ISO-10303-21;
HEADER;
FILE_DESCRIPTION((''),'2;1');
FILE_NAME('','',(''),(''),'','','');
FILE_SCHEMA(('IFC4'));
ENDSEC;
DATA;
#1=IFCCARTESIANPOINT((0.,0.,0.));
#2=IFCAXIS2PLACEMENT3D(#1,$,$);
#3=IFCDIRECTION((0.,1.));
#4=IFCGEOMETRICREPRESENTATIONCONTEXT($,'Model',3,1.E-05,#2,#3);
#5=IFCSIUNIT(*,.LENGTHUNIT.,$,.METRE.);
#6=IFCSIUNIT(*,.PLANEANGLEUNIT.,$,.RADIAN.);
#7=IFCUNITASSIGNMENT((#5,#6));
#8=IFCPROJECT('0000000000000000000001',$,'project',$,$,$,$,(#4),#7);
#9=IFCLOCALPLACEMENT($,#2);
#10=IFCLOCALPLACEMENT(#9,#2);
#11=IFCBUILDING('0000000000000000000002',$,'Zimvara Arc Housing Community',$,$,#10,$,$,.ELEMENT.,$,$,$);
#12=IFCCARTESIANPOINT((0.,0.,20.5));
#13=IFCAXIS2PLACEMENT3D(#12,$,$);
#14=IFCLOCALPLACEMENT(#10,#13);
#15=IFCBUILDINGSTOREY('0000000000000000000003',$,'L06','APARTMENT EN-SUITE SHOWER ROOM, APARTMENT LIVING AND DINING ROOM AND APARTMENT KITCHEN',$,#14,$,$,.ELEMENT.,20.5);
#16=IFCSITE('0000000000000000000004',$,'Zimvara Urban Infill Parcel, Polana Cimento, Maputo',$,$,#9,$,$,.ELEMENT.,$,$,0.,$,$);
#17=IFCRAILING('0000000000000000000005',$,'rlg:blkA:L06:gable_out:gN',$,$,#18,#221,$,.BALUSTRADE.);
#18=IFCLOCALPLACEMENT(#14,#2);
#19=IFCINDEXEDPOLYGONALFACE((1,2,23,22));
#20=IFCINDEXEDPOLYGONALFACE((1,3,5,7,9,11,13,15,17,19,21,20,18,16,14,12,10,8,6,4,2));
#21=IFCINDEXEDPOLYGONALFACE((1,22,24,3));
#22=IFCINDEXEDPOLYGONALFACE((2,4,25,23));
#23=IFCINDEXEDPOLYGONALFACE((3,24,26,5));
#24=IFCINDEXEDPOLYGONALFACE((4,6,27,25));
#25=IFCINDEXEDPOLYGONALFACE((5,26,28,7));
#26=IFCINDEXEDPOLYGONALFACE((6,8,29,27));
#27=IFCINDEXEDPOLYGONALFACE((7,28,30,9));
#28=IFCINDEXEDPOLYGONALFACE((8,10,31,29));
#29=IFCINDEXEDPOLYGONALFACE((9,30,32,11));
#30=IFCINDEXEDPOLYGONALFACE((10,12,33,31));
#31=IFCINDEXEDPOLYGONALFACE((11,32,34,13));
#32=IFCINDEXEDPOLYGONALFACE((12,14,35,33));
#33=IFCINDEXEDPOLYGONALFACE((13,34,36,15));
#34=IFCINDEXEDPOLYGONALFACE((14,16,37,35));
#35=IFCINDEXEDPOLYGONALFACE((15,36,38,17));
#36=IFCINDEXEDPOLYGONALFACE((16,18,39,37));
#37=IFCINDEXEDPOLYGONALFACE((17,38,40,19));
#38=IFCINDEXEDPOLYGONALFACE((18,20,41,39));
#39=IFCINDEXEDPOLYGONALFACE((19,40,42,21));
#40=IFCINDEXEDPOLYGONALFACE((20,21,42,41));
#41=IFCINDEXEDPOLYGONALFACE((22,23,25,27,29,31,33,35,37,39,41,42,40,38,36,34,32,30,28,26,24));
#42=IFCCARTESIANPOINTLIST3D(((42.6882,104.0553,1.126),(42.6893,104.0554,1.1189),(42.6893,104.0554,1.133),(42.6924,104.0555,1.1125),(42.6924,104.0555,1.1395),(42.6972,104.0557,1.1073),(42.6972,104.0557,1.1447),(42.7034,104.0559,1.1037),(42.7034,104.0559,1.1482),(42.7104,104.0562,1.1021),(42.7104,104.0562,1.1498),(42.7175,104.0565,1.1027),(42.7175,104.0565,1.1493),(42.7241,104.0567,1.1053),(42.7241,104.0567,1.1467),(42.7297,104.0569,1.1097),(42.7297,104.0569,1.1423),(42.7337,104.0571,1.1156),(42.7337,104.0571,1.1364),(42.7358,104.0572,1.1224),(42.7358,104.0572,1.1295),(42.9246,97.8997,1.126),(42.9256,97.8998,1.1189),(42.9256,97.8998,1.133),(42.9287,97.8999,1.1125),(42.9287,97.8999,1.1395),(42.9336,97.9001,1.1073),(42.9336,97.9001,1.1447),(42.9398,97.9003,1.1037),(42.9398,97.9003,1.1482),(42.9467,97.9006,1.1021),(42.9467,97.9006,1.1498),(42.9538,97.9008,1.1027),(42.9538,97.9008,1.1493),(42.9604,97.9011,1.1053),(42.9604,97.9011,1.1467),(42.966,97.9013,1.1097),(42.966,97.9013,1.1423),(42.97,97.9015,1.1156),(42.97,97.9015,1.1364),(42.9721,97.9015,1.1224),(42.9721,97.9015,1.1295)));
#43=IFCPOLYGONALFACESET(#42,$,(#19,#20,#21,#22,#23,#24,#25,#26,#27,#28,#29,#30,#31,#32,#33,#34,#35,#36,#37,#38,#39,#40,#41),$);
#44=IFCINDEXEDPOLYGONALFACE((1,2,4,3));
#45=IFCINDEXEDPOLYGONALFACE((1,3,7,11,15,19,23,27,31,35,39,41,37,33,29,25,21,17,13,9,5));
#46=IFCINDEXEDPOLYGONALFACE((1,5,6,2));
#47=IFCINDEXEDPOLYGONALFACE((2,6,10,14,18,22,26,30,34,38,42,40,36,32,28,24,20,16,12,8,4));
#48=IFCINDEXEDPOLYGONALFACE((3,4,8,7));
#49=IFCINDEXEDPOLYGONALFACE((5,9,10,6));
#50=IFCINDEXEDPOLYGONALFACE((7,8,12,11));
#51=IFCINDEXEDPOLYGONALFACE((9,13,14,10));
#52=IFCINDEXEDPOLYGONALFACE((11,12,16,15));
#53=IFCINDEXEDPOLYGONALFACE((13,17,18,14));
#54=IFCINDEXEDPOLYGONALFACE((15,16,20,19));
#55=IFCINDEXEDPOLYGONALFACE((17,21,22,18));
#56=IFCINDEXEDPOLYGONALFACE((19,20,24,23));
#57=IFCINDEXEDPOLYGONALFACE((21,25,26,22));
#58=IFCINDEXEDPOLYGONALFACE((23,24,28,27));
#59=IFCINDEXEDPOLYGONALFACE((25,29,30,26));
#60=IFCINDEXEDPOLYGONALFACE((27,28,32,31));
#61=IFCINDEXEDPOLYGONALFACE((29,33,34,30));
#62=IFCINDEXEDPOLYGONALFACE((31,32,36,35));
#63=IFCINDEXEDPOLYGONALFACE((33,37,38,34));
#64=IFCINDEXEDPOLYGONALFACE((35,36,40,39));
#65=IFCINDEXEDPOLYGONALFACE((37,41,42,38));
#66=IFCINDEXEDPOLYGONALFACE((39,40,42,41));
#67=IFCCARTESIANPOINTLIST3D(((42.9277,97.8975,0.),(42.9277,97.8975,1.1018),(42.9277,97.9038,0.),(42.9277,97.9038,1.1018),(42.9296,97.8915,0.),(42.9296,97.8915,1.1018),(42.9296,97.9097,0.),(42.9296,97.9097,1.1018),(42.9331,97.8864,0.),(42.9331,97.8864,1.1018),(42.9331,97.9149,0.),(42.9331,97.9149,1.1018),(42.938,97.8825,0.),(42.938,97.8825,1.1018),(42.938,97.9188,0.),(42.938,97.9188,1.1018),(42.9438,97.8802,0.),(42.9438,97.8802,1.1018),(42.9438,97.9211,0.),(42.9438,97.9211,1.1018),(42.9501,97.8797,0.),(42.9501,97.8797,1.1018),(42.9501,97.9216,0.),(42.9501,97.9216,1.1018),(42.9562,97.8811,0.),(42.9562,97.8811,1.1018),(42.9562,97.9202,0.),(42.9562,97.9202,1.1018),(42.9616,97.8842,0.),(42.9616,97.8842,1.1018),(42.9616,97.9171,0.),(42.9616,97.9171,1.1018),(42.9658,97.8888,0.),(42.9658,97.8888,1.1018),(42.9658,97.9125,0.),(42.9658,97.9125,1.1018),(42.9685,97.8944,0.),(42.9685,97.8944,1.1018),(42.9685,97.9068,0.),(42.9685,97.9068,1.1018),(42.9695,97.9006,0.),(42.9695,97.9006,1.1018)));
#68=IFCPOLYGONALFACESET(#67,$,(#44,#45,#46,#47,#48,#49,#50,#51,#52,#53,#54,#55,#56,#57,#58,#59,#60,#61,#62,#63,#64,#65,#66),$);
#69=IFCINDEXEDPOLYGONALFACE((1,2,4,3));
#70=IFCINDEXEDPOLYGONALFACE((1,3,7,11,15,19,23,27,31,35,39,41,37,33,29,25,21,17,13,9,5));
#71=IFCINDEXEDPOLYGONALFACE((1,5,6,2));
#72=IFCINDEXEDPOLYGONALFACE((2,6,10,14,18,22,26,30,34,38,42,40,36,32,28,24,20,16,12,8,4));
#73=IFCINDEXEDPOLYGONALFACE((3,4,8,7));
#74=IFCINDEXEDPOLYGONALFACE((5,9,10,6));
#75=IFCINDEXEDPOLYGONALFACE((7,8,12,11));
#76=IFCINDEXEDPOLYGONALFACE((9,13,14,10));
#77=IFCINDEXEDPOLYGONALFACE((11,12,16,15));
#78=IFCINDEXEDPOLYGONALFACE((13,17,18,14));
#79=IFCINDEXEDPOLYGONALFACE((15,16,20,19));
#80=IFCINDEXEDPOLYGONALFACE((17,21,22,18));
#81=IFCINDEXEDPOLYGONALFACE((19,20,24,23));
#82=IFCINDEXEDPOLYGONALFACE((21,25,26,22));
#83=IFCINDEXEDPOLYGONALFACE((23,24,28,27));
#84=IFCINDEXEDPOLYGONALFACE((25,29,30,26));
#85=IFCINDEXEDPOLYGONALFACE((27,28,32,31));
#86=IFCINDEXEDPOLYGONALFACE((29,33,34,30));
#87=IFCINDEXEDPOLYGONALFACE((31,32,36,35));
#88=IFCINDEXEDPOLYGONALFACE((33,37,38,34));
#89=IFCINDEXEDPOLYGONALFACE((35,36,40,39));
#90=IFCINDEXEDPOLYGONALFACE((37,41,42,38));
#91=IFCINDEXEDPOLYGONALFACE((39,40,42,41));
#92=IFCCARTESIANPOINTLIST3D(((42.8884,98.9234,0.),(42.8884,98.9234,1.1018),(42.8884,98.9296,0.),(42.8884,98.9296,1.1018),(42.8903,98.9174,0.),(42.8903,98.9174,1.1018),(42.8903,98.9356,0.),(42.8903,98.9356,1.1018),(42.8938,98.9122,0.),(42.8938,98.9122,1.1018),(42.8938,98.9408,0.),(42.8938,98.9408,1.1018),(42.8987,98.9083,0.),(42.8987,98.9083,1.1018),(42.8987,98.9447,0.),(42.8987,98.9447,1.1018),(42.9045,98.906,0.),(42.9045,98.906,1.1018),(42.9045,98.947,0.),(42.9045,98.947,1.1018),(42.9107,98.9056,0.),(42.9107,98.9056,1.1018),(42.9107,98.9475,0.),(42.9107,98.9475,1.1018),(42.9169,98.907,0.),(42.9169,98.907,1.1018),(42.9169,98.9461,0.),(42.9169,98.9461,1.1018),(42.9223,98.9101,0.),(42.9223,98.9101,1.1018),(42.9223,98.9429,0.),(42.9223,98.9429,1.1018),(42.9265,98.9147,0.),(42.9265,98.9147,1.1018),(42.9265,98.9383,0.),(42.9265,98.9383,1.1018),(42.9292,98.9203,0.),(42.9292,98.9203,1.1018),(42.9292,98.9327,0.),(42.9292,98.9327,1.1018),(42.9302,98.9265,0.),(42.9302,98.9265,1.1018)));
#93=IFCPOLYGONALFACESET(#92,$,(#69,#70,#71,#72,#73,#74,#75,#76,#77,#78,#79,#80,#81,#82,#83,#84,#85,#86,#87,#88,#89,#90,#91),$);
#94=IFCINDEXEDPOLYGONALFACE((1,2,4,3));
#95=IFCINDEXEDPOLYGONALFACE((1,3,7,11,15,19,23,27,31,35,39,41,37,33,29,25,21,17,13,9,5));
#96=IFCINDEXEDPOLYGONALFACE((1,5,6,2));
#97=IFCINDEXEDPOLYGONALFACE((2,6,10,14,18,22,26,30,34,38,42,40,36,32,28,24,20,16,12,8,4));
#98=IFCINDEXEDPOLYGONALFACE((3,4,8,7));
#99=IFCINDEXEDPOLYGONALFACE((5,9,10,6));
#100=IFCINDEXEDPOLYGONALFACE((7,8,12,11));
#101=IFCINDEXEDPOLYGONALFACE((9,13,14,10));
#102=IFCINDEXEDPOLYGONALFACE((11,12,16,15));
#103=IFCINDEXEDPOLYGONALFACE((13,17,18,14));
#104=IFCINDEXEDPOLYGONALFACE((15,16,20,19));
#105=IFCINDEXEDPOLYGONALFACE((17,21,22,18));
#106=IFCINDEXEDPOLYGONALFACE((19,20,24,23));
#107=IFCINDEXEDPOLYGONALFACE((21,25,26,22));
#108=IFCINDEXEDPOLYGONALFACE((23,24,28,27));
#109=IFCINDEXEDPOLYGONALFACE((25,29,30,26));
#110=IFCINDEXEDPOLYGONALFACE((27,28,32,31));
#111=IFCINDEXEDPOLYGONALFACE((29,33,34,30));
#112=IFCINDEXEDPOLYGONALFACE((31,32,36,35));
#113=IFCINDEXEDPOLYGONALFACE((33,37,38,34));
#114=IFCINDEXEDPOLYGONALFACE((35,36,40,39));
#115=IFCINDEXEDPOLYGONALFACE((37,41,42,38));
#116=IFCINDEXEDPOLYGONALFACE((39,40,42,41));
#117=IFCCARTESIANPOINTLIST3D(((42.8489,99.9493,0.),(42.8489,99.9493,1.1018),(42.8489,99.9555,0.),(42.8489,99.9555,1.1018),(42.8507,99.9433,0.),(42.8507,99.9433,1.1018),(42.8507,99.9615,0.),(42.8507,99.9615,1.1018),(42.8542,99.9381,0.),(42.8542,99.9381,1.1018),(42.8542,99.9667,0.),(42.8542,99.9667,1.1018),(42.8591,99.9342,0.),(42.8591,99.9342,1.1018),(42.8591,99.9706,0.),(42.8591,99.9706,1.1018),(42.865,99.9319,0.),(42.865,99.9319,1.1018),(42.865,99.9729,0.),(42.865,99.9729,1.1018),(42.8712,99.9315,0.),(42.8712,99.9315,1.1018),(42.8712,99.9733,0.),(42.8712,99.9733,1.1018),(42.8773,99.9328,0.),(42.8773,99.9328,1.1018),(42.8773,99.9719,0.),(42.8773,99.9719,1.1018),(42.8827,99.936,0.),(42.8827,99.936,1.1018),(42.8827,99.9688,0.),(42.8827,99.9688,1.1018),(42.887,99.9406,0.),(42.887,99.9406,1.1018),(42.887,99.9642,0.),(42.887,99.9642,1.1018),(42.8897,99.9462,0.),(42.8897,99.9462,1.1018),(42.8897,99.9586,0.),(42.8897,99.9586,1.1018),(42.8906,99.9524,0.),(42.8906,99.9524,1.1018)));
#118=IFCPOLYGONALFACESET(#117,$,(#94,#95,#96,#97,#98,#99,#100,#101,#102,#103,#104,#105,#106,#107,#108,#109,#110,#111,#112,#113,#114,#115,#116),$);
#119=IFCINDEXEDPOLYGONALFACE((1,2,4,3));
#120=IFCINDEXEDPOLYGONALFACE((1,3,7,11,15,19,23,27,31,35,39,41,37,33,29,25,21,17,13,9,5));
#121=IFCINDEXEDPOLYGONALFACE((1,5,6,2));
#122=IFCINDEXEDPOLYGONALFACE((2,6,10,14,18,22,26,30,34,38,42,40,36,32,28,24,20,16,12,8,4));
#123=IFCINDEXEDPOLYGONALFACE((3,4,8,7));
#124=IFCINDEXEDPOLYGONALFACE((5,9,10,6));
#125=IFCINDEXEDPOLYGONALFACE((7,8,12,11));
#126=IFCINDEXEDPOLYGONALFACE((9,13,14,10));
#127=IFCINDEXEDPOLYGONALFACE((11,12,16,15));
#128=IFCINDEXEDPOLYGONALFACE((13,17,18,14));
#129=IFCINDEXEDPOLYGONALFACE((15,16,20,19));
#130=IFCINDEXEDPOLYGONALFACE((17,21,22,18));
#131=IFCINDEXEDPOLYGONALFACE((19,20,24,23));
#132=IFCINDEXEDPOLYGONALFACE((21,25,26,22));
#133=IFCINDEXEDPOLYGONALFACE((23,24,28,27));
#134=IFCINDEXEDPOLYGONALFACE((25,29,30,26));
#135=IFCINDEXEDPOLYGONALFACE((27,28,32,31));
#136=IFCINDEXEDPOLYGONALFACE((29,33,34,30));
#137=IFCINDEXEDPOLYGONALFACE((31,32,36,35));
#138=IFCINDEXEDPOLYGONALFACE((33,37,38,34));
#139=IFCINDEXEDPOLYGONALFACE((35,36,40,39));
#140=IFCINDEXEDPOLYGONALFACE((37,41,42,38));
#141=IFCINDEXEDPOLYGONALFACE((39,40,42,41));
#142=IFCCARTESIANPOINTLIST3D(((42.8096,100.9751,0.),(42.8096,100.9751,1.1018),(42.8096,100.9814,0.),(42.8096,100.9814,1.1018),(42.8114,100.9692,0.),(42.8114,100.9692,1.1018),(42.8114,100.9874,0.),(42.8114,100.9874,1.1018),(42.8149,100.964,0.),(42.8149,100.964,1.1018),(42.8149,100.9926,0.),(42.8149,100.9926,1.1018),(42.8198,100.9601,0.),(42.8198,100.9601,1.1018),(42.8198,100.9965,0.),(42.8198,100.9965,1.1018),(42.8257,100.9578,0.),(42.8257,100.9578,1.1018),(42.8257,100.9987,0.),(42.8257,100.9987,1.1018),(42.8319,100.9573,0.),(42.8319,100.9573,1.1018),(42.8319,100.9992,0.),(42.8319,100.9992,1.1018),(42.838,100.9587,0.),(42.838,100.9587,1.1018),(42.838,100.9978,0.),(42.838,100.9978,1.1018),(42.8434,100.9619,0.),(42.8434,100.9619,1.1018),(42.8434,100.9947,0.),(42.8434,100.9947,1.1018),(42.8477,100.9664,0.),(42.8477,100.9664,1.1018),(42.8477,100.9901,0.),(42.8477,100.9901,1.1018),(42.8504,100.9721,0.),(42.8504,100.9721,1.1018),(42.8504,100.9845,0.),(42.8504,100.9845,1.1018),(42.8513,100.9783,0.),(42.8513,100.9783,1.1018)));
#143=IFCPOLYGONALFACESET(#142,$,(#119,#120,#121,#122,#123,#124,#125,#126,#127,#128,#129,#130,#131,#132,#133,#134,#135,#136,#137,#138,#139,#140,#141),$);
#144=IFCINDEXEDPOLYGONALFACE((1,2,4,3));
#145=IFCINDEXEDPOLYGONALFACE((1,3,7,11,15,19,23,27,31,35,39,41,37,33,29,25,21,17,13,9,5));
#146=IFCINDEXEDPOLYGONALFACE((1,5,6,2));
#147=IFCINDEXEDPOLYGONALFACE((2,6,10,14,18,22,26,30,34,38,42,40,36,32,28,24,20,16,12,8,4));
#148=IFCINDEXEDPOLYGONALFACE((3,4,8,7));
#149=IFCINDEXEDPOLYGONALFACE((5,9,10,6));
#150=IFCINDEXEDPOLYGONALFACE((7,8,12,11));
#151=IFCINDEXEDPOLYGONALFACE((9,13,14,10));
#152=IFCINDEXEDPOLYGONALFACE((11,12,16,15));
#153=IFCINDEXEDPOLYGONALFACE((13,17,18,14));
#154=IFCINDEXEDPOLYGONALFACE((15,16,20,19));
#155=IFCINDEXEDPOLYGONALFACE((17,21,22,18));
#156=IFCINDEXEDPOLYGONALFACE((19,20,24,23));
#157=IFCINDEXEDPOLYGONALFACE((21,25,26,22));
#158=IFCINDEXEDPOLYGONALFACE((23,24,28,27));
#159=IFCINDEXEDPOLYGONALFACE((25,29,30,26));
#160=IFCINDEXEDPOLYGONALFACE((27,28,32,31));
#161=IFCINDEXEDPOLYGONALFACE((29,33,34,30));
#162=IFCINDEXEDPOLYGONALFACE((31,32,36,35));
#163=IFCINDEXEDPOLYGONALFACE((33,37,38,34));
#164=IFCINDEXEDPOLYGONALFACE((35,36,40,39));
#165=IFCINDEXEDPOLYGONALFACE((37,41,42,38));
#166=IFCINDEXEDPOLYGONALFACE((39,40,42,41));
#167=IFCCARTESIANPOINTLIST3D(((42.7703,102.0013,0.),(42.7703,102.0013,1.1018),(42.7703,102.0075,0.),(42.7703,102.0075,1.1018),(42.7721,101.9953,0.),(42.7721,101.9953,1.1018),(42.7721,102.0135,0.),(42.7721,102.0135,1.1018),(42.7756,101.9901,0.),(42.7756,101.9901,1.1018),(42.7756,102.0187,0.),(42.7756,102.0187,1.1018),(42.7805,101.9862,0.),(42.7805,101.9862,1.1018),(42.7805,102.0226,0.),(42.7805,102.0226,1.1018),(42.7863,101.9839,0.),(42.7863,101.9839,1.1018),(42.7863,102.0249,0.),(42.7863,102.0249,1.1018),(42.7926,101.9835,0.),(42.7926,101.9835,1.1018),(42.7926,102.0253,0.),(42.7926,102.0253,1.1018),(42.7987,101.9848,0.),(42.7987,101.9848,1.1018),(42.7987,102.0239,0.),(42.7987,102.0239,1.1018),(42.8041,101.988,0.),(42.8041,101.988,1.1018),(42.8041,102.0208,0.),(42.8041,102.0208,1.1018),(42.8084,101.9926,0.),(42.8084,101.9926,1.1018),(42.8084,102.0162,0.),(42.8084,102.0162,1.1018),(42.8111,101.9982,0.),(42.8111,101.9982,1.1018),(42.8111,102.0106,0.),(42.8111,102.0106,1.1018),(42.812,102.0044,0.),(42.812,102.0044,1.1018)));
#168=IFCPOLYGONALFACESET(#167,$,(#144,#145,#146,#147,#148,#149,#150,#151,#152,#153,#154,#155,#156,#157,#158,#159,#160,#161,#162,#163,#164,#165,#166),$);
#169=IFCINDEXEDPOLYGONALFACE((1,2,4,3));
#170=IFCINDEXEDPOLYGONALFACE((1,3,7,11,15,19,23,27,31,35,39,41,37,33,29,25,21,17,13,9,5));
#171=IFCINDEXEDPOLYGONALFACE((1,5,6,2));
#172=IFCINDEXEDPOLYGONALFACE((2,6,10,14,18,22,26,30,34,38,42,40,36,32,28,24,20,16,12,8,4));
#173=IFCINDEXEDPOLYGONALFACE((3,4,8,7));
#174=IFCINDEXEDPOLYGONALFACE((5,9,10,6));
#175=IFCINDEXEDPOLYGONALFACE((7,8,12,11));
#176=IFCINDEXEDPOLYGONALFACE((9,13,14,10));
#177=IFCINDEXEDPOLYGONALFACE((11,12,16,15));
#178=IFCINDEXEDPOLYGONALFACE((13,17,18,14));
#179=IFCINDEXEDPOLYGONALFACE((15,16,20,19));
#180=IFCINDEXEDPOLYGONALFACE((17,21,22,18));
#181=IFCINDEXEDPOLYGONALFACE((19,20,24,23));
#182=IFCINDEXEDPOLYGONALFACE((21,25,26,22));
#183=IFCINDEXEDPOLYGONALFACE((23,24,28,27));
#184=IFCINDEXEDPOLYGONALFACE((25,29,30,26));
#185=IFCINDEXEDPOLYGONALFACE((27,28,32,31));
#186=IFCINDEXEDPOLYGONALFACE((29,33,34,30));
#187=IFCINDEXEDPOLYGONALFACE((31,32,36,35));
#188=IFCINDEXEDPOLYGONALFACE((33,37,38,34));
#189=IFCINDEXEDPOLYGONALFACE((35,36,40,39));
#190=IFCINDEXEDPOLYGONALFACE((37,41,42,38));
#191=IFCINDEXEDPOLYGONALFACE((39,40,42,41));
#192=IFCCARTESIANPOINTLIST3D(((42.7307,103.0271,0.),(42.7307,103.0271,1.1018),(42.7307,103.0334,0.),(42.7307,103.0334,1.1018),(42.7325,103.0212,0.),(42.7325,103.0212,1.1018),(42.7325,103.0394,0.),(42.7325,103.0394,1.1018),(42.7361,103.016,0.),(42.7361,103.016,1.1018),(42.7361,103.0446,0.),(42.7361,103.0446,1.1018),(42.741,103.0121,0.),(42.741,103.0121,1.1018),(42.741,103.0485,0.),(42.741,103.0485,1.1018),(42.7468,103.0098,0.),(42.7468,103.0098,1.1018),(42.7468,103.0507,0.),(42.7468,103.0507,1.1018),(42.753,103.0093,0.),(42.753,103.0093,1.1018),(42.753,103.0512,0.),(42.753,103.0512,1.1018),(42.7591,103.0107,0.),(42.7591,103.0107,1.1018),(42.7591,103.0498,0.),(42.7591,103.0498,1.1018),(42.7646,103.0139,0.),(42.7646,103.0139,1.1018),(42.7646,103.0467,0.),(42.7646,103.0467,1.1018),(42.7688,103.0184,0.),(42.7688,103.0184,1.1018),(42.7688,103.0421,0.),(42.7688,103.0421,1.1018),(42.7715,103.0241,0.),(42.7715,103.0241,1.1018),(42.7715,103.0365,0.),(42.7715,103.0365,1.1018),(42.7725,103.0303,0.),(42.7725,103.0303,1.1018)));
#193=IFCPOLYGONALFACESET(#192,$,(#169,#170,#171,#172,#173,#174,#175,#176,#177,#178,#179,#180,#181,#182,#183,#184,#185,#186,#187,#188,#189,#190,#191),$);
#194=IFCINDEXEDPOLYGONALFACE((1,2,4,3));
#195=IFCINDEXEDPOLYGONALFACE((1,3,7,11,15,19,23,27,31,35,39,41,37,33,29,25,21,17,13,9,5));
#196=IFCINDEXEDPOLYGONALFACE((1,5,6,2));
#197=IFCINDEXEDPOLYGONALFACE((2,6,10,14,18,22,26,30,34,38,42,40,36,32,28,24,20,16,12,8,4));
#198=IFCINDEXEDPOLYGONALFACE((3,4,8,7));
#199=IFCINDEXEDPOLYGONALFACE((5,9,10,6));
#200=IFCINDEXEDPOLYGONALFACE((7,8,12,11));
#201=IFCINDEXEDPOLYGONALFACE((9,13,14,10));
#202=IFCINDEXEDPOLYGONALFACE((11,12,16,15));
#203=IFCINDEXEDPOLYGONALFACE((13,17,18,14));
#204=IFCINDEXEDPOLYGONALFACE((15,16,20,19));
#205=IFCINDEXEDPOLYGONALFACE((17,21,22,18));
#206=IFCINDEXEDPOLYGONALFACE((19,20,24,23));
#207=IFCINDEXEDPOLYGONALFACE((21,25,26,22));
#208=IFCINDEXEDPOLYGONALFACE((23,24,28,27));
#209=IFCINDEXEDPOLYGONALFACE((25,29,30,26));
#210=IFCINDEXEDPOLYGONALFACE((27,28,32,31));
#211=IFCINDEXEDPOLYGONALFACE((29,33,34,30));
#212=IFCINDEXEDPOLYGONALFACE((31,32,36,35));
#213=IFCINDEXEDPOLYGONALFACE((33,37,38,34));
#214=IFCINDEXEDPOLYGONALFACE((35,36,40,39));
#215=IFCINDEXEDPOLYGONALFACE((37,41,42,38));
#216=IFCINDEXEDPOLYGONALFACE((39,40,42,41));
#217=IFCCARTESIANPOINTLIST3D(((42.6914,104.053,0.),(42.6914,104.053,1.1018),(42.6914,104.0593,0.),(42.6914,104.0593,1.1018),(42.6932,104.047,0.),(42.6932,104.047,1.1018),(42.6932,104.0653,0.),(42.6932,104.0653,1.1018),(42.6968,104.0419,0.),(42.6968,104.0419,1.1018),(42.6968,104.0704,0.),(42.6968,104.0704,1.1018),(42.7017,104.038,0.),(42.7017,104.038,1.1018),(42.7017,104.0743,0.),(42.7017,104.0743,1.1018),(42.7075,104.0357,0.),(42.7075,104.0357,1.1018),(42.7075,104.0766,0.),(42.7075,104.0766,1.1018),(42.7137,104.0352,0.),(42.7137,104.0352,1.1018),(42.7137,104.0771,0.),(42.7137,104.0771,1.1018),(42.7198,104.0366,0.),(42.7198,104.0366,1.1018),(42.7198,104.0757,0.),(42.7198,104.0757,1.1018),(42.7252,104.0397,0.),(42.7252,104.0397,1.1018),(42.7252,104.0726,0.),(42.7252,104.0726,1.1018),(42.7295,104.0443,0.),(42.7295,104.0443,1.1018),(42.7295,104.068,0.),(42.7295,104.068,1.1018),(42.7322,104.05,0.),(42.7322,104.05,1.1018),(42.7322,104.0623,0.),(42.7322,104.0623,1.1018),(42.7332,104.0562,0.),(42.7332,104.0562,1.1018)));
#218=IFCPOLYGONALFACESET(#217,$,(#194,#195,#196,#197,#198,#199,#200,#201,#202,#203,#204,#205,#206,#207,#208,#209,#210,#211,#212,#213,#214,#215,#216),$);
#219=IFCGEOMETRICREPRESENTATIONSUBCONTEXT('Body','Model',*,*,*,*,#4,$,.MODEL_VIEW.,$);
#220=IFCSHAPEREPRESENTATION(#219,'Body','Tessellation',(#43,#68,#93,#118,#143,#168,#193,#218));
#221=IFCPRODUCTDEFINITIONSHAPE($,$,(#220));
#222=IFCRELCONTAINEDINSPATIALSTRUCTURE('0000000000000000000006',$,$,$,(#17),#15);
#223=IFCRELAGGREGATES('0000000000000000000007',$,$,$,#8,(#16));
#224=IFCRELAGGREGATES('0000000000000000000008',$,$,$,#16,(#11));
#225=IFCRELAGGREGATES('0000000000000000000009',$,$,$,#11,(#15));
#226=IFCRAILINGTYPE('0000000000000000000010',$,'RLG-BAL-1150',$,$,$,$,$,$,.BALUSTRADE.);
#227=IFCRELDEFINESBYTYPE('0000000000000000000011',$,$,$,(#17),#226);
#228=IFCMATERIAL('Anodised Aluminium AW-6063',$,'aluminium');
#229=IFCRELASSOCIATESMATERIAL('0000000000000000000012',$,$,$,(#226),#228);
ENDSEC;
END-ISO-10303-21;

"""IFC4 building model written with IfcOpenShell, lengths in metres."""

from ifc_helpers import new_model, si_unit, direction, frame, origin, origin_2d, place, context, subcontext, project, spatial, circle, extrude, material, type_object, element, save


model = new_model("IFC4")

# Units and contexts
model_context = context("Model", 3, precision=1e-05, world=origin(), true_north=direction((0.0, 1.0)))
body_context = subcontext(model_context, "Body", "Model", "MODEL_VIEW")
ifc_project = project(units=[si_unit("LENGTHUNIT", "METRE"), si_unit("PLANEANGLEUNIT", "RADIAN")], contexts=[model_context])

# Site, building, storey
site_placement = place(None, origin())
site = spatial("IfcSite", under=ifc_project, at=site_placement, Name="Zimvara Urban Infill Parcel, Polana Cimento, Maputo", CompositionType="ELEMENT", RefElevation=0.0)
building_placement = place(site_placement, origin())
building = spatial("IfcBuilding", under=site, at=building_placement, Name="Zimvara Arc Housing Community", CompositionType="ELEMENT")
storey_placement = place(building_placement, frame((0.0, 0.0, 20.5)))
storey = spatial("IfcBuildingStorey", under=building, at=storey_placement, Name="L06", Description="APARTMENT EN-SUITE SHOWER ROOM, APARTMENT LIVING AND DINING ROOM AND APARTMENT KITCHEN", CompositionType="ELEMENT", Elevation=20.5)

# Railing
ifc_material_1 = material(Name="Anodised Aluminium AW-6063", Category="aluminium")
railing_type = type_object("IfcRailingType", Name="RLG-BAL-1150", PredefinedType="BALUSTRADE", material=ifc_material_1)
railing_placement = place(storey_placement, frame((42.9485, 97.9006, 0.0)))
element("IfcRailing", 1, at=railing_placement, inside=storey, type_object=railing_type, Name="rlg:blkA:L06:gable_out:gN", PredefinedType="BALUSTRADE", context=body_context, shape_type="SweptSolid", body=[
    extrude(circle(Radius=0.0239, at=origin_2d()), frame((0.0, 0.0, 1.126), z_axis=(-0.038365, 0.999264, 0.0), x_axis=(-0.999264, -0.038365, 0.0)), (0.0, 0.0, 1.0), 6.1602),
    extrude(circle(Radius=0.021, at=origin_2d()), origin(), (0.0, 0.0, 1.0), 1.1018),
    extrude(circle(Radius=0.021, at=origin_2d()), frame((-0.0393, 1.0259, 0.0)), (0.0, 0.0, 1.0), 1.1018),
    extrude(circle(Radius=0.021, at=origin_2d()), frame((-0.0789, 2.0518, 0.0)), (0.0, 0.0, 1.0), 1.1018),
    extrude(circle(Radius=0.021, at=origin_2d()), frame((-0.1182, 3.0776, 0.0)), (0.0, 0.0, 1.0), 1.1018),
    extrude(circle(Radius=0.021, at=origin_2d()), frame((-0.1575, 4.1038, 0.0)), (0.0, 0.0, 1.0), 1.1018),
    extrude(circle(Radius=0.021, at=origin_2d()), frame((-0.197, 5.1296, 0.0)), (0.0, 0.0, 1.0), 1.1018),
    extrude(circle(Radius=0.021, at=origin_2d()), frame((-0.2363, 6.1555, 0.0)), (0.0, 0.0, 1.0), 1.1018),
])

save(model, "model.ifc")
